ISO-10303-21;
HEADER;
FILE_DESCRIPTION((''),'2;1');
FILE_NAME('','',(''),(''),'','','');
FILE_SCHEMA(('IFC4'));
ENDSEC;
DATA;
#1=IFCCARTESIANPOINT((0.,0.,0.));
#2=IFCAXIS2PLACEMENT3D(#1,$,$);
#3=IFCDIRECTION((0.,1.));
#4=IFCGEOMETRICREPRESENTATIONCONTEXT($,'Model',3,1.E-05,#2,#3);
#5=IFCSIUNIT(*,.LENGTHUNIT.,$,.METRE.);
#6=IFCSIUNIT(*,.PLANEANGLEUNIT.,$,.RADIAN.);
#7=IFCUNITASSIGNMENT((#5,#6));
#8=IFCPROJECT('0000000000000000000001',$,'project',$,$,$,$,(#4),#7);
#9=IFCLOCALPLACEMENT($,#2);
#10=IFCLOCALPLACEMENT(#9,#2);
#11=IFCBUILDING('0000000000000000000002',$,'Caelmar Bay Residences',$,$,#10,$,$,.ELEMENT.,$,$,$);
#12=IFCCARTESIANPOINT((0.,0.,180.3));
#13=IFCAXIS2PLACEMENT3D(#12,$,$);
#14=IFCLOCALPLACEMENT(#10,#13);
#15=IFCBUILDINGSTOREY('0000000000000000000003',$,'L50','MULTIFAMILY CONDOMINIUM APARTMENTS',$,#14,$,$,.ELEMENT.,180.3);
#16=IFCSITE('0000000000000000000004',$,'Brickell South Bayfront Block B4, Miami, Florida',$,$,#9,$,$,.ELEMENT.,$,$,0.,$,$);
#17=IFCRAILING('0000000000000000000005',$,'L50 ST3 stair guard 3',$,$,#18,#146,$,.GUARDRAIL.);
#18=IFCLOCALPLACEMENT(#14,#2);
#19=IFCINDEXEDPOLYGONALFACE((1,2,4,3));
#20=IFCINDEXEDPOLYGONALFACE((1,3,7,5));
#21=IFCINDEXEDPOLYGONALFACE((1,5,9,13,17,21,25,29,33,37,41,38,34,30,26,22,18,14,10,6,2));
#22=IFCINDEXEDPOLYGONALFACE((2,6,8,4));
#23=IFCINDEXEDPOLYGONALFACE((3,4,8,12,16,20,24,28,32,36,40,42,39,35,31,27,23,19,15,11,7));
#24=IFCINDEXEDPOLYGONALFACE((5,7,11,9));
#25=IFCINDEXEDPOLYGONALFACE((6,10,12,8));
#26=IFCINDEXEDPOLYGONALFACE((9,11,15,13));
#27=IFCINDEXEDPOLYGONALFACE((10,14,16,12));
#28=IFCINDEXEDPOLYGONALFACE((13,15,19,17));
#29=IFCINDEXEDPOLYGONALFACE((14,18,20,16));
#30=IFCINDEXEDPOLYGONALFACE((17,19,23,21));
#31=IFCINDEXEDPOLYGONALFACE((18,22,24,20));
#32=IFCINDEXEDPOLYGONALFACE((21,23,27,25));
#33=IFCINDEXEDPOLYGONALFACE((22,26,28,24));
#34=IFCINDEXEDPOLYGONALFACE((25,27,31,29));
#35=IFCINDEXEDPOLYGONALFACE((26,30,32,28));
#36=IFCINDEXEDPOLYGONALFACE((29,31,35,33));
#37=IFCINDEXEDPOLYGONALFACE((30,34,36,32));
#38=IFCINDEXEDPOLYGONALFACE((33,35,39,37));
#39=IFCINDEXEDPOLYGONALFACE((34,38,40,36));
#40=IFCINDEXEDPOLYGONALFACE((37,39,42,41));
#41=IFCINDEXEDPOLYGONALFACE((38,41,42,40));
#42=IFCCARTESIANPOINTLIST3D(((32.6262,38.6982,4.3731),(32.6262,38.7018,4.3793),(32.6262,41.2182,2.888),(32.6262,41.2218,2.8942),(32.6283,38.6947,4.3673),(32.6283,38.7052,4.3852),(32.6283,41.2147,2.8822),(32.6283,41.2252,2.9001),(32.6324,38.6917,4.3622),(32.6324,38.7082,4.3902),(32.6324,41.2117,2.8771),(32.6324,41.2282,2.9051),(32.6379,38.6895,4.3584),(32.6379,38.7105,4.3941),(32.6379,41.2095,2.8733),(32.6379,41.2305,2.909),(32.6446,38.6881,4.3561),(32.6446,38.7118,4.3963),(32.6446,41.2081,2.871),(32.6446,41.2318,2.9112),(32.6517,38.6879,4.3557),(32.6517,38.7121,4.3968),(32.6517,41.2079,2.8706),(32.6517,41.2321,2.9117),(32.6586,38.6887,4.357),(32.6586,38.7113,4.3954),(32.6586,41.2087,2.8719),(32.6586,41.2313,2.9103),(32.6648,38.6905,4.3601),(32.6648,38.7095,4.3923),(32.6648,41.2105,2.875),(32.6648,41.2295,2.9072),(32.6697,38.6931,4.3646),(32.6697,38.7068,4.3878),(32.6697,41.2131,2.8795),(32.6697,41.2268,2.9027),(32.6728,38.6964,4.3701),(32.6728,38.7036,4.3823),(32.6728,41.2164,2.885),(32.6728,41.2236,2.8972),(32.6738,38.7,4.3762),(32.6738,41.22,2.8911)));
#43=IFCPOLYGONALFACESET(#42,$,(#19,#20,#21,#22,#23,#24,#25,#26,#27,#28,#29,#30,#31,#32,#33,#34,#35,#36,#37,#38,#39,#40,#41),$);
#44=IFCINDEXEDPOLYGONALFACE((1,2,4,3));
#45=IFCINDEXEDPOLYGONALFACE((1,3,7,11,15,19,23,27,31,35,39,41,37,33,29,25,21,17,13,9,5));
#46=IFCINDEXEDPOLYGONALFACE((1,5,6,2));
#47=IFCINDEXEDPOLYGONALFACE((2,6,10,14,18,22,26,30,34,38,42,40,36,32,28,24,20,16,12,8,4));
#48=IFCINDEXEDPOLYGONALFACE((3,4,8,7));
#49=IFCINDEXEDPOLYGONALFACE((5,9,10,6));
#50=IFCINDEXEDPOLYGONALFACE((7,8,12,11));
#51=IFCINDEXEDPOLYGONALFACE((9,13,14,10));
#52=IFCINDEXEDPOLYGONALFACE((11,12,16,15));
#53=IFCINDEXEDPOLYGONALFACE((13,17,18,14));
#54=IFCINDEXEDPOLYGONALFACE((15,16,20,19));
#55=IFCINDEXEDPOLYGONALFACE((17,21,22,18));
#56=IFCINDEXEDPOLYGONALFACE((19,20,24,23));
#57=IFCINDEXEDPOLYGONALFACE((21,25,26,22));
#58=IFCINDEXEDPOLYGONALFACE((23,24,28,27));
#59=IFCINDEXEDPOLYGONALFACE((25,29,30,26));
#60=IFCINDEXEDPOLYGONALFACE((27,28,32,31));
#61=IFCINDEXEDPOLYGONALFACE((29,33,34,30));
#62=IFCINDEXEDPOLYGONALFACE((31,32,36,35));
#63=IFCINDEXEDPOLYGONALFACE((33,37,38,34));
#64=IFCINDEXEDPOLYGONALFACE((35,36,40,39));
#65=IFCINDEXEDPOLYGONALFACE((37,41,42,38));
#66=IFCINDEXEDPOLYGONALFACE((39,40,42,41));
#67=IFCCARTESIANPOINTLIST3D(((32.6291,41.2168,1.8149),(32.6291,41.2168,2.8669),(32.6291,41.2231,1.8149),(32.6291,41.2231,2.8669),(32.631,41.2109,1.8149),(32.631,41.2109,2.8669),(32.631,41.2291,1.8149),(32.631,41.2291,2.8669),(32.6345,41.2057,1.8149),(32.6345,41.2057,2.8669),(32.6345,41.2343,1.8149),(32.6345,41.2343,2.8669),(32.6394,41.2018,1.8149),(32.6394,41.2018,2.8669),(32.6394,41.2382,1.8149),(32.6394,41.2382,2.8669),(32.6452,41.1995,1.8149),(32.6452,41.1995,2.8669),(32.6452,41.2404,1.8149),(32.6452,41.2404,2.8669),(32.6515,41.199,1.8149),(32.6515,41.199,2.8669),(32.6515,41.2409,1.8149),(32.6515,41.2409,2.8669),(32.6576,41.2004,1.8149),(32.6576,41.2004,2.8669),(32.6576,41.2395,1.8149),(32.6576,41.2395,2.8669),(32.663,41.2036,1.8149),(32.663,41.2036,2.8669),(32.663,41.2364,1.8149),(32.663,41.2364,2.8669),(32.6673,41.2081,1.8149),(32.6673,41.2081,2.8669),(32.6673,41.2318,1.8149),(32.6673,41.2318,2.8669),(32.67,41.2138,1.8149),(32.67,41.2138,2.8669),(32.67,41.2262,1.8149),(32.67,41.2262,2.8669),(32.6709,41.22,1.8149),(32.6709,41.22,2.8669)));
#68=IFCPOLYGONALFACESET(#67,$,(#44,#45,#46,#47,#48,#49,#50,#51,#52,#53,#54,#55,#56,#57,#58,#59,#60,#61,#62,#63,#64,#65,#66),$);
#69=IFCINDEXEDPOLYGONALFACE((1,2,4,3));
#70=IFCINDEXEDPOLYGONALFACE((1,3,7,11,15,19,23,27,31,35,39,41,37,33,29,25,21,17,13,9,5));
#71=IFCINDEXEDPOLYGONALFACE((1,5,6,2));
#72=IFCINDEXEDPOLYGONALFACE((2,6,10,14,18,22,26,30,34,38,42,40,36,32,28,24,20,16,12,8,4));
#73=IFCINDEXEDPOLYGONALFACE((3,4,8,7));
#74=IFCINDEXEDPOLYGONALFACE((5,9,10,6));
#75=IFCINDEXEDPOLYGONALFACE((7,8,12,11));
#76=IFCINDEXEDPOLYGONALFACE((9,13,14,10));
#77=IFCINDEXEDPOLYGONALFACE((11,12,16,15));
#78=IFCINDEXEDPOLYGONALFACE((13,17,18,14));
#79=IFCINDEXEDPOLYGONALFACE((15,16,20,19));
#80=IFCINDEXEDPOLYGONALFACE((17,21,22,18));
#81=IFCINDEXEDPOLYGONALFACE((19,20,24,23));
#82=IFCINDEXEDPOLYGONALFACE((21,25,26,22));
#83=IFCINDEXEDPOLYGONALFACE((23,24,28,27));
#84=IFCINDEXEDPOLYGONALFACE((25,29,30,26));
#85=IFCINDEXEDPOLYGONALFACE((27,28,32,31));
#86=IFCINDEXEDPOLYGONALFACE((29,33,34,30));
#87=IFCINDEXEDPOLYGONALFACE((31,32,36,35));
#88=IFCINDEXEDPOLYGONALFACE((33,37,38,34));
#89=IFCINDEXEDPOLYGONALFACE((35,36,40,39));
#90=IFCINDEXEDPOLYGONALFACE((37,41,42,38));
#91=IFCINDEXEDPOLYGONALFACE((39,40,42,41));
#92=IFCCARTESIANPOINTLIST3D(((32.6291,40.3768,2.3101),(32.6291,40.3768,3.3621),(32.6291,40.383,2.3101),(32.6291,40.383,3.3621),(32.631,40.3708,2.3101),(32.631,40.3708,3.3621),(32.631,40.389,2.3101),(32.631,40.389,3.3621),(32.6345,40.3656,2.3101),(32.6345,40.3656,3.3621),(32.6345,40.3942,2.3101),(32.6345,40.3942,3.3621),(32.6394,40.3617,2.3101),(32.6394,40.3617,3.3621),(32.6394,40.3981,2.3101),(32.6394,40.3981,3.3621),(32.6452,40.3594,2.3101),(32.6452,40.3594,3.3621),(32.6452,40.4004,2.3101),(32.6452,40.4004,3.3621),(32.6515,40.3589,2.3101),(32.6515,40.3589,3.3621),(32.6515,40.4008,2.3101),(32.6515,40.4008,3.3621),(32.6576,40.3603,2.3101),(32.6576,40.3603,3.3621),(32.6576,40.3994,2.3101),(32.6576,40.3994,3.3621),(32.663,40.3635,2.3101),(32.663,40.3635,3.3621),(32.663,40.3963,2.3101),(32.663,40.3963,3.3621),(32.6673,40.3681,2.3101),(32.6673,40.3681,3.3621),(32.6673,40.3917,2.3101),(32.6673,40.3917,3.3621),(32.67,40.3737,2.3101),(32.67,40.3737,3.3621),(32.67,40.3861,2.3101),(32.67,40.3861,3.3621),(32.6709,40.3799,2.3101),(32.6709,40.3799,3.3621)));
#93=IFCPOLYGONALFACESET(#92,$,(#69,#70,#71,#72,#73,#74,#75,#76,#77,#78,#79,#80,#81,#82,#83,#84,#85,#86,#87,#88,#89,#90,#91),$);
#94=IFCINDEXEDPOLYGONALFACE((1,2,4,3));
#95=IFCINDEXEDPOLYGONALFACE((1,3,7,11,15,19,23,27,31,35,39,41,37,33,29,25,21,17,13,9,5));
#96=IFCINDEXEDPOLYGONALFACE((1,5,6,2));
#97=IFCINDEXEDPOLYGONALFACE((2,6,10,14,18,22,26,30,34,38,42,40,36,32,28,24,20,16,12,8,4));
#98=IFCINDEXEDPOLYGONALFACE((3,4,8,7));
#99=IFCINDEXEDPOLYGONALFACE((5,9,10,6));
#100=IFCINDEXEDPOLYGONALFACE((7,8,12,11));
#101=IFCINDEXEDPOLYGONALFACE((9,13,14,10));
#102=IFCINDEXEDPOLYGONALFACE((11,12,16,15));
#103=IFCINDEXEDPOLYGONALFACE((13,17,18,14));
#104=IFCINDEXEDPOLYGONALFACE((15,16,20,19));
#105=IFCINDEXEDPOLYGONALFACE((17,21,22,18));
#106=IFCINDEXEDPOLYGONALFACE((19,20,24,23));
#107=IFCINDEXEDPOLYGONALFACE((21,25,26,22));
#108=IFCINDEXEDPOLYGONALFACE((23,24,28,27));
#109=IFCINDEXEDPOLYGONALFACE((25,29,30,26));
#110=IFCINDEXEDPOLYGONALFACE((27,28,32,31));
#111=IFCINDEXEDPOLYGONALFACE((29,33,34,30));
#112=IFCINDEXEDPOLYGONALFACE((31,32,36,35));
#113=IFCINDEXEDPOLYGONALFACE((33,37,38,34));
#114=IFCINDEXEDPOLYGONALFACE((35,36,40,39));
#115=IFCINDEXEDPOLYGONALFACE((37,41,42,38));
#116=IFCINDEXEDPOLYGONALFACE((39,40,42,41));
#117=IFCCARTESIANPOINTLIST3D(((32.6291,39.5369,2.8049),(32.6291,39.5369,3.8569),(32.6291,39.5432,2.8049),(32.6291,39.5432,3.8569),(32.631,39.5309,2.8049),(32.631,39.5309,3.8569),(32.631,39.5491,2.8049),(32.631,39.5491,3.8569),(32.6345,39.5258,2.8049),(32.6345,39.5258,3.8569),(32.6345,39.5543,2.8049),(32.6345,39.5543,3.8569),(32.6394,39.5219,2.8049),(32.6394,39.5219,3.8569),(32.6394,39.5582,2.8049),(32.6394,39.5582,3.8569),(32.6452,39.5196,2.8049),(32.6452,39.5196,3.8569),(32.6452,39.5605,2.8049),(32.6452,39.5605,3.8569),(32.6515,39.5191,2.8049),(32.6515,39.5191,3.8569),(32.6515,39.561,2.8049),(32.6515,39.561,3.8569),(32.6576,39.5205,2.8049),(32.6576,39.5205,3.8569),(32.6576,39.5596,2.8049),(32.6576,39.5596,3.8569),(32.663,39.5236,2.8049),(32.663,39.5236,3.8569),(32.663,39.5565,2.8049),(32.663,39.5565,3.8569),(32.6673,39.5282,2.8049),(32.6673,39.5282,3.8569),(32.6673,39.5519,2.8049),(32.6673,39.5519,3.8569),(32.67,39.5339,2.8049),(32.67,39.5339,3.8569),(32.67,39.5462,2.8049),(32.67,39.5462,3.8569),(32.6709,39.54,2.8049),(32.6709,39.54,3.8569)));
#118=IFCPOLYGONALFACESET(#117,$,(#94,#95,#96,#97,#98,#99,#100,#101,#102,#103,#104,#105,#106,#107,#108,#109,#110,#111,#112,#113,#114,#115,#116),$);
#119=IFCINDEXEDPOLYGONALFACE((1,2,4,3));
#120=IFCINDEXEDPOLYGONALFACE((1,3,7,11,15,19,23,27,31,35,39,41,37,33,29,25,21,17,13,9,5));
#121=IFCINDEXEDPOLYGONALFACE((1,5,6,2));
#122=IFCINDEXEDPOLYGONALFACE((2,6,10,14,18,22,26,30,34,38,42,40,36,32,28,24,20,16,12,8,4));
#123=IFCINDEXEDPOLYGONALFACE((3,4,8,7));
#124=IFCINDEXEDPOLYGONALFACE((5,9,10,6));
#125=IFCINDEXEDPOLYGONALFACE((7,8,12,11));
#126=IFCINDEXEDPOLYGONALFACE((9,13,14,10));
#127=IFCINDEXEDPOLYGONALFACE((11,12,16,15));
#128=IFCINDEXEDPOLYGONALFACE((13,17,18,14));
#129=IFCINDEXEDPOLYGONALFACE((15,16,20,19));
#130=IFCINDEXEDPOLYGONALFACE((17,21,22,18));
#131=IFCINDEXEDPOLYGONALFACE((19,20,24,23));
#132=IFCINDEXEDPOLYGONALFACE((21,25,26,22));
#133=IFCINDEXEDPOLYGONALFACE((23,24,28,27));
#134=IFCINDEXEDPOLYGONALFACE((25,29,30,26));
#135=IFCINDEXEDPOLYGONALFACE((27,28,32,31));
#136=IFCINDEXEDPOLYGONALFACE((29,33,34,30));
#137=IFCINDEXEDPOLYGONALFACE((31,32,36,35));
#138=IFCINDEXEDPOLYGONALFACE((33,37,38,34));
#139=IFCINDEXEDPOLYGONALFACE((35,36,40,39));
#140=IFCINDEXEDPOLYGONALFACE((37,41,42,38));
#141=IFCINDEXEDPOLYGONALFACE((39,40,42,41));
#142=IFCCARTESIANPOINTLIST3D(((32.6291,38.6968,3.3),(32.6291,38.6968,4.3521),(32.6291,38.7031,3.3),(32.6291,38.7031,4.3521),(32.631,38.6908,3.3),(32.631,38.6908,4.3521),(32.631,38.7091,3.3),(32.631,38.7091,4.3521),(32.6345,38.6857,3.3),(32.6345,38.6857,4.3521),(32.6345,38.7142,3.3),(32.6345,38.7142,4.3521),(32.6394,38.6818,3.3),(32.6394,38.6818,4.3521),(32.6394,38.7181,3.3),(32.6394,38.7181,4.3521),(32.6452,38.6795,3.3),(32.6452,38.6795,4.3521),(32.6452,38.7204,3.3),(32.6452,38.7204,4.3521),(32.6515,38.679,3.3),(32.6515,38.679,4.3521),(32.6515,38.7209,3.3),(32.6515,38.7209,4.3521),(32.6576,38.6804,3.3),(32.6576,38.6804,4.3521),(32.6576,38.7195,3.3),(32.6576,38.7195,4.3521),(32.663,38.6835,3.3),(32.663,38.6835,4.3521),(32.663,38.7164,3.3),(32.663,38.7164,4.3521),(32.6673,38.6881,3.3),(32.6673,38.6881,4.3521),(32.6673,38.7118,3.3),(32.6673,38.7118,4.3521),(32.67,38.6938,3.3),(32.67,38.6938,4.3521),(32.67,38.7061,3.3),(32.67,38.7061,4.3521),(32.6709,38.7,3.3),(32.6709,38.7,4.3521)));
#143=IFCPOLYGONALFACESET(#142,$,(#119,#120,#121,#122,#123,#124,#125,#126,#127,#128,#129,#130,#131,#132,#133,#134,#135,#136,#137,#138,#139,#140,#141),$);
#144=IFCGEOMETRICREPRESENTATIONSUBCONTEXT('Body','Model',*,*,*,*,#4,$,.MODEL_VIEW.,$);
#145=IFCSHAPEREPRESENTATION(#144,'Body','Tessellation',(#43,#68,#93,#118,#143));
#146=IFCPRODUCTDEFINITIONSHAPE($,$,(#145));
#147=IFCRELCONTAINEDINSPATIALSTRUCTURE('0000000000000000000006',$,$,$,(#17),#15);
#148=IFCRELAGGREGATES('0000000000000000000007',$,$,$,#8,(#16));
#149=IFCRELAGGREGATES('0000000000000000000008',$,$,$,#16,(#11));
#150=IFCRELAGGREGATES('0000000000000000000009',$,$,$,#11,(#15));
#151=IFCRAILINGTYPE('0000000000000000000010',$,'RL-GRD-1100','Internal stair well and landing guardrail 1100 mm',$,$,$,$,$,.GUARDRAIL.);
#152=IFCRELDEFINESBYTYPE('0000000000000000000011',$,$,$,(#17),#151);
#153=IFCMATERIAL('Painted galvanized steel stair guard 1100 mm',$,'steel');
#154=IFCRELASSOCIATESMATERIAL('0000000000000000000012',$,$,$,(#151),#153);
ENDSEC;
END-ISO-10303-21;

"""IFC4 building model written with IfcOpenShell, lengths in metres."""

from ifc_helpers import new_model, si_unit, direction, frame, origin, origin_2d, place, context, subcontext, project, spatial, circle, extrude, material, type_object, element, save


model = new_model("IFC4")

# Units and contexts
model_context = context("Model", 3, precision=1e-05, world=origin(), true_north=direction((0.0, 1.0)))
body_context = subcontext(model_context, "Body", "Model", "MODEL_VIEW")
ifc_project = project(units=[si_unit("LENGTHUNIT", "METRE"), si_unit("PLANEANGLEUNIT", "RADIAN")], contexts=[model_context])

# Site, building, storey
site_placement = place(None, origin())
site = spatial("IfcSite", under=ifc_project, at=site_placement, Name="Brickell South Bayfront Block B4, Miami, Florida", CompositionType="ELEMENT", RefElevation=0.0)
building_placement = place(site_placement, origin())
building = spatial("IfcBuilding", under=site, at=building_placement, Name="Caelmar Bay Residences", CompositionType="ELEMENT")
storey_placement = place(building_placement, frame((0.0, 0.0, 180.3)))
storey = spatial("IfcBuildingStorey", under=building, at=storey_placement, Name="L50", Description="MULTIFAMILY CONDOMINIUM APARTMENTS", CompositionType="ELEMENT", Elevation=180.3)

# Railing
ifc_material_1 = material(Name="Painted galvanized steel stair guard 1100 mm", Category="steel")
railing_type_1 = type_object("IfcRailingType", Name="RL-GRD-1100", Description="Internal stair well and landing guardrail 1100 mm", PredefinedType="GUARDRAIL", material=ifc_material_1)
railing_1_placement = place(storey_placement, frame((32.6499, 41.22, 1.8149)))
element("IfcRailing", 1, at=railing_1_placement, inside=storey, type_object=railing_type_1, Name="L50 ST3 stair guard 3", PredefinedType="GUARDRAIL", context=body_context, shape_type="SweptSolid", body=[
    extrude(circle(Radius=0.0239, at=origin_2d()), frame((0.0, 0.0, 1.0762), z_axis=(0.0, -0.861524, 0.507717), x_axis=(1.0, 0.0, 0.0)), (0.0, 0.0, 1.0), 2.925),
    extrude(circle(Radius=0.021, at=origin_2d()), origin(), (0.0, 0.0, 1.0), 1.052),
    extrude(circle(Radius=0.021, at=origin_2d()), frame((0.0, -0.8401, 0.4951)), (0.0, 0.0, 1.0), 1.052),
    extrude(circle(Radius=0.021, at=origin_2d()), frame((0.0, -1.6799, 0.99)), (0.0, 0.0, 1.0), 1.052),
    extrude(circle(Radius=0.021, at=origin_2d()), frame((0.0, -2.52, 1.4851)), (0.0, 0.0, 1.0), 1.052),
])

save(model, "model.ifc")
